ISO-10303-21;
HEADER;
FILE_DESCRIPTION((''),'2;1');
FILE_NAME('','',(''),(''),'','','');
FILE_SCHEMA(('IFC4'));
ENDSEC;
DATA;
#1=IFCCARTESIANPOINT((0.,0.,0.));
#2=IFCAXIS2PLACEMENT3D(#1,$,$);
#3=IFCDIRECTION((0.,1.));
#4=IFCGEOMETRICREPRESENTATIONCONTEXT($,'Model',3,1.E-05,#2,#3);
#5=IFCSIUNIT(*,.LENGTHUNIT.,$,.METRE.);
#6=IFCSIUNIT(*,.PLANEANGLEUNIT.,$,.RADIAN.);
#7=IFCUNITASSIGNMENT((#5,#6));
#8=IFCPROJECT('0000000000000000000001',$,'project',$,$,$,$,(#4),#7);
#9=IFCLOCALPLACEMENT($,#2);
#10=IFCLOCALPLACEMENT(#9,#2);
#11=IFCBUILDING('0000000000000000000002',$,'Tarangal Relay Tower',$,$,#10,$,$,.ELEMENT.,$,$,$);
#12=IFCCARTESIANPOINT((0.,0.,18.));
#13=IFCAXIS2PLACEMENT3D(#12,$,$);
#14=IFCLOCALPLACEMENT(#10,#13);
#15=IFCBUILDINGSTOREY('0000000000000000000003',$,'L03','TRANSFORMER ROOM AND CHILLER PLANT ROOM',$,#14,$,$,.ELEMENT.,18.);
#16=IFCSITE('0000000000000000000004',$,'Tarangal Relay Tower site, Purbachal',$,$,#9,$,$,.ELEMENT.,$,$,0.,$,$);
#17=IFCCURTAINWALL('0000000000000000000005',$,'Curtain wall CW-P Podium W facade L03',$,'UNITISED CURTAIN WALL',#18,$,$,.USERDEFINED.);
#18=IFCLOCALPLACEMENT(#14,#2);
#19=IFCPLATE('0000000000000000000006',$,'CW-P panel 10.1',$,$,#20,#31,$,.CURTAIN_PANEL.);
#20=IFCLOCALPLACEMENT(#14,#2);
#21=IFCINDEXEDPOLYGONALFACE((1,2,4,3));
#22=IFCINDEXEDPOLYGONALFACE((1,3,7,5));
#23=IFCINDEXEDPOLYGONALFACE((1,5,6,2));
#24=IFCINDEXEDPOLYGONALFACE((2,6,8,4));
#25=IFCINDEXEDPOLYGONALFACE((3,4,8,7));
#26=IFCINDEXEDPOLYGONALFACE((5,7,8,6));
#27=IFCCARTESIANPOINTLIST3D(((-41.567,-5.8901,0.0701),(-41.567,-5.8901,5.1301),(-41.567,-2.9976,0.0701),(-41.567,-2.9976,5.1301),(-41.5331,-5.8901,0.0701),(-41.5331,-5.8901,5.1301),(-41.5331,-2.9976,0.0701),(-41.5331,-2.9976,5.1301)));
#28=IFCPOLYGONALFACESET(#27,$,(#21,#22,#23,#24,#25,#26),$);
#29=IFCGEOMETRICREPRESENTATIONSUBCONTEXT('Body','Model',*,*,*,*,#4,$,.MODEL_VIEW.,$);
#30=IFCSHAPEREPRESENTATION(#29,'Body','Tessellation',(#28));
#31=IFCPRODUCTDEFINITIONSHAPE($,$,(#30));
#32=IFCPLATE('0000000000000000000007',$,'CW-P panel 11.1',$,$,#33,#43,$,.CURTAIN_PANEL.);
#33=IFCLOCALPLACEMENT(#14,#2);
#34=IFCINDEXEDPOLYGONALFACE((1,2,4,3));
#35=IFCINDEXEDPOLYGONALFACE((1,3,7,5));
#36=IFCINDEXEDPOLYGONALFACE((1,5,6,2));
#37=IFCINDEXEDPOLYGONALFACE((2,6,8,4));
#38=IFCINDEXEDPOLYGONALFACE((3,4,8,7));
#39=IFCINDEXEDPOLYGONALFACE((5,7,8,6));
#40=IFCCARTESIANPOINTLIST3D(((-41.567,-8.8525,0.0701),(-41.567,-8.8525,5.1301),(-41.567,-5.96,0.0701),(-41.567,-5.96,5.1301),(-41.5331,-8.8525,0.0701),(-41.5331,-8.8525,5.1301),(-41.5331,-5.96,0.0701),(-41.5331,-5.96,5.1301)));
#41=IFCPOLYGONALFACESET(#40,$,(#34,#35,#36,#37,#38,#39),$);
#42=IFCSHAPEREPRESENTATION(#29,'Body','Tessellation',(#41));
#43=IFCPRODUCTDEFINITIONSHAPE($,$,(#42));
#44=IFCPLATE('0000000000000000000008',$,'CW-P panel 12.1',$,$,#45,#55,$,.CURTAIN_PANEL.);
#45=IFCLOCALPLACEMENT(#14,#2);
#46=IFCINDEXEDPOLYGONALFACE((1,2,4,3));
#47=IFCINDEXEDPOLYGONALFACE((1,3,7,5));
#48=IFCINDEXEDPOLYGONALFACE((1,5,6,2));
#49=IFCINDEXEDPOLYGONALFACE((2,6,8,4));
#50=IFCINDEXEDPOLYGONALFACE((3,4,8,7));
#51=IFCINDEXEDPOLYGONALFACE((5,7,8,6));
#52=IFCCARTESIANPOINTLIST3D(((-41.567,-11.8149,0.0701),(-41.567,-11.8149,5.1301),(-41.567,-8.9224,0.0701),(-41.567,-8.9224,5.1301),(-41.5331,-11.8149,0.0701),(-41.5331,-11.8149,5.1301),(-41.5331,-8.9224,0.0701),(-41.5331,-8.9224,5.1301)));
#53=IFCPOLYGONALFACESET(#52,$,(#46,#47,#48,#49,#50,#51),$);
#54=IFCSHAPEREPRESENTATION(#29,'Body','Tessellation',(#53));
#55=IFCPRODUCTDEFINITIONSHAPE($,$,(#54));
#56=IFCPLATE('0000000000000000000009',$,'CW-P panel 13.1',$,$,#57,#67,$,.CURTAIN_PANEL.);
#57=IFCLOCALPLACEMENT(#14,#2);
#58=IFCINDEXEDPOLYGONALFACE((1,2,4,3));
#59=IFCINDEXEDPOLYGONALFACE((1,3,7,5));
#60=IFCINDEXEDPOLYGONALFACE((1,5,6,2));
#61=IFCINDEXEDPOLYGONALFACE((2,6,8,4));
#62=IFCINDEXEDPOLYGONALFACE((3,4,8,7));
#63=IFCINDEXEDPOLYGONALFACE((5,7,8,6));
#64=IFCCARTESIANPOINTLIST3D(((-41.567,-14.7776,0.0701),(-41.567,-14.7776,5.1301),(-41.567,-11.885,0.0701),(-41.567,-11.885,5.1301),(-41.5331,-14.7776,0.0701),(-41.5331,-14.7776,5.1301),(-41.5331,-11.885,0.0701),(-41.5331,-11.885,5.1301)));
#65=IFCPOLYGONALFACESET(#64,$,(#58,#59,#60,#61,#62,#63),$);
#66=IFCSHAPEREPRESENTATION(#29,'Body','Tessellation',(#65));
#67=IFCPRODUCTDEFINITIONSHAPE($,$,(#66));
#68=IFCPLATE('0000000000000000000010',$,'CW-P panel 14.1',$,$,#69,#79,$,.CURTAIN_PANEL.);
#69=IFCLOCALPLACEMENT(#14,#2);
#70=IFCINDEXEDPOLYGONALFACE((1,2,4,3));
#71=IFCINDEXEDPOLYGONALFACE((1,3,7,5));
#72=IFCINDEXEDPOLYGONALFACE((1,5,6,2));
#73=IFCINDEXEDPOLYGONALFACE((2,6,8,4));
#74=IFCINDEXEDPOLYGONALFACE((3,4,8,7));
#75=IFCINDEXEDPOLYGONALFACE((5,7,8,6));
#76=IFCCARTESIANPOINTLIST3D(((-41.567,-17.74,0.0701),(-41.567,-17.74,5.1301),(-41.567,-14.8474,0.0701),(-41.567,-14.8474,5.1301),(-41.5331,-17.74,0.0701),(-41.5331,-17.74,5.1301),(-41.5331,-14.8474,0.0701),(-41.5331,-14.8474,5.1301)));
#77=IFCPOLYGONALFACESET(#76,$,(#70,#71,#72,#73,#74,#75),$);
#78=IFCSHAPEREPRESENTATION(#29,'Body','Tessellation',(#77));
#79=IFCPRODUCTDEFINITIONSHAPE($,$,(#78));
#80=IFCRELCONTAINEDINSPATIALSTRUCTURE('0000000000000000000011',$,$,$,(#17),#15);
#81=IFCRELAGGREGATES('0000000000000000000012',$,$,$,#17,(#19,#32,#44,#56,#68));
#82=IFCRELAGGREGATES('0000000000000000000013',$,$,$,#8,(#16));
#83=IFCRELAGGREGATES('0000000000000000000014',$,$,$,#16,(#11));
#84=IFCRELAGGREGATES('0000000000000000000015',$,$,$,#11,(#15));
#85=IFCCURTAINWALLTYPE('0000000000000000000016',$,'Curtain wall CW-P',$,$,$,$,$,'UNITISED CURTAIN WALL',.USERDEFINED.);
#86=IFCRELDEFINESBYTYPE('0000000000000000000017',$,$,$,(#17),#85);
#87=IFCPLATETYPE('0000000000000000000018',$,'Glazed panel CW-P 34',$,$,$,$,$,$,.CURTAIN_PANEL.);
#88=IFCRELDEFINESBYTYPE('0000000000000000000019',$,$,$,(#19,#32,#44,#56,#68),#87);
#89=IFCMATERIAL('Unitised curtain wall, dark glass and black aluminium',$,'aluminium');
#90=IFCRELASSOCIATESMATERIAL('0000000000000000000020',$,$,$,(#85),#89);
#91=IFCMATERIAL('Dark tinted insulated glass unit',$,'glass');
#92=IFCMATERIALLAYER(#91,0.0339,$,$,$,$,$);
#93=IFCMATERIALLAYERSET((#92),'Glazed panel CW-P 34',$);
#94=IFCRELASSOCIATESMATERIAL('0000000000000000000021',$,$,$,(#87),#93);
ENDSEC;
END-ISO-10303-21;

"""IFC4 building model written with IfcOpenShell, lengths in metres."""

from ifc_helpers import new_model, si_unit, direction, frame, origin, origin_2d, place, context, subcontext, project, spatial, rectangle, extrude, material, layer, layer_set, type_object, element, aggregate, save


model = new_model("IFC4")

# Units and contexts
model_context = context("Model", 3, precision=1e-05, world=origin(), true_north=direction((0.0, 1.0)))
body_context = subcontext(model_context, "Body", "Model", "MODEL_VIEW")
ifc_project = project(units=[si_unit("LENGTHUNIT", "METRE"), si_unit("PLANEANGLEUNIT", "RADIAN")], contexts=[model_context])

# Site, building, storey
site_placement = place(None, origin())
site = spatial("IfcSite", under=ifc_project, at=site_placement, Name="Tarangal Relay Tower site, Purbachal", CompositionType="ELEMENT", RefElevation=0.0)
building_placement = place(site_placement, origin())
building = spatial("IfcBuilding", under=site, at=building_placement, Name="Tarangal Relay Tower", CompositionType="ELEMENT")
storey_placement = place(building_placement, frame((0.0, 0.0, 18.0)))
storey = spatial("IfcBuildingStorey", under=building, at=storey_placement, Name="L03", Description="TRANSFORMER ROOM AND CHILLER PLANT ROOM", CompositionType="ELEMENT", Elevation=18.0)

# Curtain wall, plates
ifc_material_1 = material(Name="Unitised curtain wall, dark glass and black aluminium", Category="aluminium")
curtain_wall_type = type_object("IfcCurtainWallType", Name="Curtain wall CW-P", ElementType="UNITISED CURTAIN WALL", PredefinedType="USERDEFINED", material=ifc_material_1)
curtain_wall_placement = place(storey_placement, origin())
curtain_wall = element("IfcCurtainWall", 1, at=curtain_wall_placement, inside=storey, type_object=curtain_wall_type, Name="Curtain wall CW-P Podium W facade L03", ObjectType="UNITISED CURTAIN WALL", PredefinedType="USERDEFINED")
ifc_material_2 = material(Name="Dark tinted insulated glass unit", Category="glass")
ifc_layer = layer(ifc_material_2, 0.0339)
ifc_layer_set = layer_set([ifc_layer], Name="Glazed panel CW-P 34")
plate_type = type_object("IfcPlateType", Name="Glazed panel CW-P 34", PredefinedType="CURTAIN_PANEL", material=ifc_layer_set)
plate_1_placement = place(storey_placement, frame((-41.55, -4.4438, 0.0701), z_axis=(0.0, 0.0, 1.0), x_axis=(0.0, -1.0, 0.0)))
plate_1 = element("IfcPlate", 2, at=plate_1_placement, type_object=plate_type, Name="CW-P panel 10.1", PredefinedType="CURTAIN_PANEL", context=body_context, shape_type="SweptSolid", body=[
    extrude(rectangle(XDim=2.8926, YDim=0.0339, at=origin_2d()), origin(), (0.0, 0.0, 1.0), 5.0601),
])
plate_2_placement = place(storey_placement, frame((-41.55, -7.4062, 0.0701), z_axis=(0.0, 0.0, 1.0), x_axis=(0.0, -1.0, 0.0)))
plate_2 = element("IfcPlate", 3, at=plate_2_placement, type_object=plate_type, Name="CW-P panel 11.1", PredefinedType="CURTAIN_PANEL", context=body_context, shape_type="SweptSolid", body=[
    extrude(rectangle(XDim=2.8926, YDim=0.0339, at=origin_2d()), origin(), (0.0, 0.0, 1.0), 5.0601),
])
plate_3_placement = place(storey_placement, frame((-41.55, -10.3687, 0.0701), z_axis=(0.0, 0.0, 1.0), x_axis=(0.0, -1.0, 0.0)))
plate_3 = element("IfcPlate", 4, at=plate_3_placement, type_object=plate_type, Name="CW-P panel 12.1", PredefinedType="CURTAIN_PANEL", context=body_context, shape_type="SweptSolid", body=[
    extrude(rectangle(XDim=2.8926, YDim=0.0339, at=origin_2d()), origin(), (0.0, 0.0, 1.0), 5.0601),
])
plate_4_placement = place(storey_placement, frame((-41.55, -13.3313, 0.0701), z_axis=(0.0, 0.0, 1.0), x_axis=(0.0, -1.0, 0.0)))
plate_4 = element("IfcPlate", 5, at=plate_4_placement, type_object=plate_type, Name="CW-P panel 13.1", PredefinedType="CURTAIN_PANEL", context=body_context, shape_type="SweptSolid", body=[
    extrude(rectangle(XDim=2.8926, YDim=0.0339, at=origin_2d()), origin(), (0.0, 0.0, 1.0), 5.0601),
])
plate_5_placement = place(storey_placement, frame((-41.55, -16.2937, 0.0701), z_axis=(0.0, 0.0, 1.0), x_axis=(0.0, -1.0, 0.0)))
plate_5 = element("IfcPlate", 6, at=plate_5_placement, type_object=plate_type, Name="CW-P panel 14.1", PredefinedType="CURTAIN_PANEL", context=body_context, shape_type="SweptSolid", body=[
    extrude(rectangle(XDim=2.8926, YDim=0.0339, at=origin_2d()), origin(), (0.0, 0.0, 1.0), 5.0601),
])
aggregate(curtain_wall, [plate_1, plate_2, plate_3, plate_4, plate_5])

save(model, "model.ifc")
